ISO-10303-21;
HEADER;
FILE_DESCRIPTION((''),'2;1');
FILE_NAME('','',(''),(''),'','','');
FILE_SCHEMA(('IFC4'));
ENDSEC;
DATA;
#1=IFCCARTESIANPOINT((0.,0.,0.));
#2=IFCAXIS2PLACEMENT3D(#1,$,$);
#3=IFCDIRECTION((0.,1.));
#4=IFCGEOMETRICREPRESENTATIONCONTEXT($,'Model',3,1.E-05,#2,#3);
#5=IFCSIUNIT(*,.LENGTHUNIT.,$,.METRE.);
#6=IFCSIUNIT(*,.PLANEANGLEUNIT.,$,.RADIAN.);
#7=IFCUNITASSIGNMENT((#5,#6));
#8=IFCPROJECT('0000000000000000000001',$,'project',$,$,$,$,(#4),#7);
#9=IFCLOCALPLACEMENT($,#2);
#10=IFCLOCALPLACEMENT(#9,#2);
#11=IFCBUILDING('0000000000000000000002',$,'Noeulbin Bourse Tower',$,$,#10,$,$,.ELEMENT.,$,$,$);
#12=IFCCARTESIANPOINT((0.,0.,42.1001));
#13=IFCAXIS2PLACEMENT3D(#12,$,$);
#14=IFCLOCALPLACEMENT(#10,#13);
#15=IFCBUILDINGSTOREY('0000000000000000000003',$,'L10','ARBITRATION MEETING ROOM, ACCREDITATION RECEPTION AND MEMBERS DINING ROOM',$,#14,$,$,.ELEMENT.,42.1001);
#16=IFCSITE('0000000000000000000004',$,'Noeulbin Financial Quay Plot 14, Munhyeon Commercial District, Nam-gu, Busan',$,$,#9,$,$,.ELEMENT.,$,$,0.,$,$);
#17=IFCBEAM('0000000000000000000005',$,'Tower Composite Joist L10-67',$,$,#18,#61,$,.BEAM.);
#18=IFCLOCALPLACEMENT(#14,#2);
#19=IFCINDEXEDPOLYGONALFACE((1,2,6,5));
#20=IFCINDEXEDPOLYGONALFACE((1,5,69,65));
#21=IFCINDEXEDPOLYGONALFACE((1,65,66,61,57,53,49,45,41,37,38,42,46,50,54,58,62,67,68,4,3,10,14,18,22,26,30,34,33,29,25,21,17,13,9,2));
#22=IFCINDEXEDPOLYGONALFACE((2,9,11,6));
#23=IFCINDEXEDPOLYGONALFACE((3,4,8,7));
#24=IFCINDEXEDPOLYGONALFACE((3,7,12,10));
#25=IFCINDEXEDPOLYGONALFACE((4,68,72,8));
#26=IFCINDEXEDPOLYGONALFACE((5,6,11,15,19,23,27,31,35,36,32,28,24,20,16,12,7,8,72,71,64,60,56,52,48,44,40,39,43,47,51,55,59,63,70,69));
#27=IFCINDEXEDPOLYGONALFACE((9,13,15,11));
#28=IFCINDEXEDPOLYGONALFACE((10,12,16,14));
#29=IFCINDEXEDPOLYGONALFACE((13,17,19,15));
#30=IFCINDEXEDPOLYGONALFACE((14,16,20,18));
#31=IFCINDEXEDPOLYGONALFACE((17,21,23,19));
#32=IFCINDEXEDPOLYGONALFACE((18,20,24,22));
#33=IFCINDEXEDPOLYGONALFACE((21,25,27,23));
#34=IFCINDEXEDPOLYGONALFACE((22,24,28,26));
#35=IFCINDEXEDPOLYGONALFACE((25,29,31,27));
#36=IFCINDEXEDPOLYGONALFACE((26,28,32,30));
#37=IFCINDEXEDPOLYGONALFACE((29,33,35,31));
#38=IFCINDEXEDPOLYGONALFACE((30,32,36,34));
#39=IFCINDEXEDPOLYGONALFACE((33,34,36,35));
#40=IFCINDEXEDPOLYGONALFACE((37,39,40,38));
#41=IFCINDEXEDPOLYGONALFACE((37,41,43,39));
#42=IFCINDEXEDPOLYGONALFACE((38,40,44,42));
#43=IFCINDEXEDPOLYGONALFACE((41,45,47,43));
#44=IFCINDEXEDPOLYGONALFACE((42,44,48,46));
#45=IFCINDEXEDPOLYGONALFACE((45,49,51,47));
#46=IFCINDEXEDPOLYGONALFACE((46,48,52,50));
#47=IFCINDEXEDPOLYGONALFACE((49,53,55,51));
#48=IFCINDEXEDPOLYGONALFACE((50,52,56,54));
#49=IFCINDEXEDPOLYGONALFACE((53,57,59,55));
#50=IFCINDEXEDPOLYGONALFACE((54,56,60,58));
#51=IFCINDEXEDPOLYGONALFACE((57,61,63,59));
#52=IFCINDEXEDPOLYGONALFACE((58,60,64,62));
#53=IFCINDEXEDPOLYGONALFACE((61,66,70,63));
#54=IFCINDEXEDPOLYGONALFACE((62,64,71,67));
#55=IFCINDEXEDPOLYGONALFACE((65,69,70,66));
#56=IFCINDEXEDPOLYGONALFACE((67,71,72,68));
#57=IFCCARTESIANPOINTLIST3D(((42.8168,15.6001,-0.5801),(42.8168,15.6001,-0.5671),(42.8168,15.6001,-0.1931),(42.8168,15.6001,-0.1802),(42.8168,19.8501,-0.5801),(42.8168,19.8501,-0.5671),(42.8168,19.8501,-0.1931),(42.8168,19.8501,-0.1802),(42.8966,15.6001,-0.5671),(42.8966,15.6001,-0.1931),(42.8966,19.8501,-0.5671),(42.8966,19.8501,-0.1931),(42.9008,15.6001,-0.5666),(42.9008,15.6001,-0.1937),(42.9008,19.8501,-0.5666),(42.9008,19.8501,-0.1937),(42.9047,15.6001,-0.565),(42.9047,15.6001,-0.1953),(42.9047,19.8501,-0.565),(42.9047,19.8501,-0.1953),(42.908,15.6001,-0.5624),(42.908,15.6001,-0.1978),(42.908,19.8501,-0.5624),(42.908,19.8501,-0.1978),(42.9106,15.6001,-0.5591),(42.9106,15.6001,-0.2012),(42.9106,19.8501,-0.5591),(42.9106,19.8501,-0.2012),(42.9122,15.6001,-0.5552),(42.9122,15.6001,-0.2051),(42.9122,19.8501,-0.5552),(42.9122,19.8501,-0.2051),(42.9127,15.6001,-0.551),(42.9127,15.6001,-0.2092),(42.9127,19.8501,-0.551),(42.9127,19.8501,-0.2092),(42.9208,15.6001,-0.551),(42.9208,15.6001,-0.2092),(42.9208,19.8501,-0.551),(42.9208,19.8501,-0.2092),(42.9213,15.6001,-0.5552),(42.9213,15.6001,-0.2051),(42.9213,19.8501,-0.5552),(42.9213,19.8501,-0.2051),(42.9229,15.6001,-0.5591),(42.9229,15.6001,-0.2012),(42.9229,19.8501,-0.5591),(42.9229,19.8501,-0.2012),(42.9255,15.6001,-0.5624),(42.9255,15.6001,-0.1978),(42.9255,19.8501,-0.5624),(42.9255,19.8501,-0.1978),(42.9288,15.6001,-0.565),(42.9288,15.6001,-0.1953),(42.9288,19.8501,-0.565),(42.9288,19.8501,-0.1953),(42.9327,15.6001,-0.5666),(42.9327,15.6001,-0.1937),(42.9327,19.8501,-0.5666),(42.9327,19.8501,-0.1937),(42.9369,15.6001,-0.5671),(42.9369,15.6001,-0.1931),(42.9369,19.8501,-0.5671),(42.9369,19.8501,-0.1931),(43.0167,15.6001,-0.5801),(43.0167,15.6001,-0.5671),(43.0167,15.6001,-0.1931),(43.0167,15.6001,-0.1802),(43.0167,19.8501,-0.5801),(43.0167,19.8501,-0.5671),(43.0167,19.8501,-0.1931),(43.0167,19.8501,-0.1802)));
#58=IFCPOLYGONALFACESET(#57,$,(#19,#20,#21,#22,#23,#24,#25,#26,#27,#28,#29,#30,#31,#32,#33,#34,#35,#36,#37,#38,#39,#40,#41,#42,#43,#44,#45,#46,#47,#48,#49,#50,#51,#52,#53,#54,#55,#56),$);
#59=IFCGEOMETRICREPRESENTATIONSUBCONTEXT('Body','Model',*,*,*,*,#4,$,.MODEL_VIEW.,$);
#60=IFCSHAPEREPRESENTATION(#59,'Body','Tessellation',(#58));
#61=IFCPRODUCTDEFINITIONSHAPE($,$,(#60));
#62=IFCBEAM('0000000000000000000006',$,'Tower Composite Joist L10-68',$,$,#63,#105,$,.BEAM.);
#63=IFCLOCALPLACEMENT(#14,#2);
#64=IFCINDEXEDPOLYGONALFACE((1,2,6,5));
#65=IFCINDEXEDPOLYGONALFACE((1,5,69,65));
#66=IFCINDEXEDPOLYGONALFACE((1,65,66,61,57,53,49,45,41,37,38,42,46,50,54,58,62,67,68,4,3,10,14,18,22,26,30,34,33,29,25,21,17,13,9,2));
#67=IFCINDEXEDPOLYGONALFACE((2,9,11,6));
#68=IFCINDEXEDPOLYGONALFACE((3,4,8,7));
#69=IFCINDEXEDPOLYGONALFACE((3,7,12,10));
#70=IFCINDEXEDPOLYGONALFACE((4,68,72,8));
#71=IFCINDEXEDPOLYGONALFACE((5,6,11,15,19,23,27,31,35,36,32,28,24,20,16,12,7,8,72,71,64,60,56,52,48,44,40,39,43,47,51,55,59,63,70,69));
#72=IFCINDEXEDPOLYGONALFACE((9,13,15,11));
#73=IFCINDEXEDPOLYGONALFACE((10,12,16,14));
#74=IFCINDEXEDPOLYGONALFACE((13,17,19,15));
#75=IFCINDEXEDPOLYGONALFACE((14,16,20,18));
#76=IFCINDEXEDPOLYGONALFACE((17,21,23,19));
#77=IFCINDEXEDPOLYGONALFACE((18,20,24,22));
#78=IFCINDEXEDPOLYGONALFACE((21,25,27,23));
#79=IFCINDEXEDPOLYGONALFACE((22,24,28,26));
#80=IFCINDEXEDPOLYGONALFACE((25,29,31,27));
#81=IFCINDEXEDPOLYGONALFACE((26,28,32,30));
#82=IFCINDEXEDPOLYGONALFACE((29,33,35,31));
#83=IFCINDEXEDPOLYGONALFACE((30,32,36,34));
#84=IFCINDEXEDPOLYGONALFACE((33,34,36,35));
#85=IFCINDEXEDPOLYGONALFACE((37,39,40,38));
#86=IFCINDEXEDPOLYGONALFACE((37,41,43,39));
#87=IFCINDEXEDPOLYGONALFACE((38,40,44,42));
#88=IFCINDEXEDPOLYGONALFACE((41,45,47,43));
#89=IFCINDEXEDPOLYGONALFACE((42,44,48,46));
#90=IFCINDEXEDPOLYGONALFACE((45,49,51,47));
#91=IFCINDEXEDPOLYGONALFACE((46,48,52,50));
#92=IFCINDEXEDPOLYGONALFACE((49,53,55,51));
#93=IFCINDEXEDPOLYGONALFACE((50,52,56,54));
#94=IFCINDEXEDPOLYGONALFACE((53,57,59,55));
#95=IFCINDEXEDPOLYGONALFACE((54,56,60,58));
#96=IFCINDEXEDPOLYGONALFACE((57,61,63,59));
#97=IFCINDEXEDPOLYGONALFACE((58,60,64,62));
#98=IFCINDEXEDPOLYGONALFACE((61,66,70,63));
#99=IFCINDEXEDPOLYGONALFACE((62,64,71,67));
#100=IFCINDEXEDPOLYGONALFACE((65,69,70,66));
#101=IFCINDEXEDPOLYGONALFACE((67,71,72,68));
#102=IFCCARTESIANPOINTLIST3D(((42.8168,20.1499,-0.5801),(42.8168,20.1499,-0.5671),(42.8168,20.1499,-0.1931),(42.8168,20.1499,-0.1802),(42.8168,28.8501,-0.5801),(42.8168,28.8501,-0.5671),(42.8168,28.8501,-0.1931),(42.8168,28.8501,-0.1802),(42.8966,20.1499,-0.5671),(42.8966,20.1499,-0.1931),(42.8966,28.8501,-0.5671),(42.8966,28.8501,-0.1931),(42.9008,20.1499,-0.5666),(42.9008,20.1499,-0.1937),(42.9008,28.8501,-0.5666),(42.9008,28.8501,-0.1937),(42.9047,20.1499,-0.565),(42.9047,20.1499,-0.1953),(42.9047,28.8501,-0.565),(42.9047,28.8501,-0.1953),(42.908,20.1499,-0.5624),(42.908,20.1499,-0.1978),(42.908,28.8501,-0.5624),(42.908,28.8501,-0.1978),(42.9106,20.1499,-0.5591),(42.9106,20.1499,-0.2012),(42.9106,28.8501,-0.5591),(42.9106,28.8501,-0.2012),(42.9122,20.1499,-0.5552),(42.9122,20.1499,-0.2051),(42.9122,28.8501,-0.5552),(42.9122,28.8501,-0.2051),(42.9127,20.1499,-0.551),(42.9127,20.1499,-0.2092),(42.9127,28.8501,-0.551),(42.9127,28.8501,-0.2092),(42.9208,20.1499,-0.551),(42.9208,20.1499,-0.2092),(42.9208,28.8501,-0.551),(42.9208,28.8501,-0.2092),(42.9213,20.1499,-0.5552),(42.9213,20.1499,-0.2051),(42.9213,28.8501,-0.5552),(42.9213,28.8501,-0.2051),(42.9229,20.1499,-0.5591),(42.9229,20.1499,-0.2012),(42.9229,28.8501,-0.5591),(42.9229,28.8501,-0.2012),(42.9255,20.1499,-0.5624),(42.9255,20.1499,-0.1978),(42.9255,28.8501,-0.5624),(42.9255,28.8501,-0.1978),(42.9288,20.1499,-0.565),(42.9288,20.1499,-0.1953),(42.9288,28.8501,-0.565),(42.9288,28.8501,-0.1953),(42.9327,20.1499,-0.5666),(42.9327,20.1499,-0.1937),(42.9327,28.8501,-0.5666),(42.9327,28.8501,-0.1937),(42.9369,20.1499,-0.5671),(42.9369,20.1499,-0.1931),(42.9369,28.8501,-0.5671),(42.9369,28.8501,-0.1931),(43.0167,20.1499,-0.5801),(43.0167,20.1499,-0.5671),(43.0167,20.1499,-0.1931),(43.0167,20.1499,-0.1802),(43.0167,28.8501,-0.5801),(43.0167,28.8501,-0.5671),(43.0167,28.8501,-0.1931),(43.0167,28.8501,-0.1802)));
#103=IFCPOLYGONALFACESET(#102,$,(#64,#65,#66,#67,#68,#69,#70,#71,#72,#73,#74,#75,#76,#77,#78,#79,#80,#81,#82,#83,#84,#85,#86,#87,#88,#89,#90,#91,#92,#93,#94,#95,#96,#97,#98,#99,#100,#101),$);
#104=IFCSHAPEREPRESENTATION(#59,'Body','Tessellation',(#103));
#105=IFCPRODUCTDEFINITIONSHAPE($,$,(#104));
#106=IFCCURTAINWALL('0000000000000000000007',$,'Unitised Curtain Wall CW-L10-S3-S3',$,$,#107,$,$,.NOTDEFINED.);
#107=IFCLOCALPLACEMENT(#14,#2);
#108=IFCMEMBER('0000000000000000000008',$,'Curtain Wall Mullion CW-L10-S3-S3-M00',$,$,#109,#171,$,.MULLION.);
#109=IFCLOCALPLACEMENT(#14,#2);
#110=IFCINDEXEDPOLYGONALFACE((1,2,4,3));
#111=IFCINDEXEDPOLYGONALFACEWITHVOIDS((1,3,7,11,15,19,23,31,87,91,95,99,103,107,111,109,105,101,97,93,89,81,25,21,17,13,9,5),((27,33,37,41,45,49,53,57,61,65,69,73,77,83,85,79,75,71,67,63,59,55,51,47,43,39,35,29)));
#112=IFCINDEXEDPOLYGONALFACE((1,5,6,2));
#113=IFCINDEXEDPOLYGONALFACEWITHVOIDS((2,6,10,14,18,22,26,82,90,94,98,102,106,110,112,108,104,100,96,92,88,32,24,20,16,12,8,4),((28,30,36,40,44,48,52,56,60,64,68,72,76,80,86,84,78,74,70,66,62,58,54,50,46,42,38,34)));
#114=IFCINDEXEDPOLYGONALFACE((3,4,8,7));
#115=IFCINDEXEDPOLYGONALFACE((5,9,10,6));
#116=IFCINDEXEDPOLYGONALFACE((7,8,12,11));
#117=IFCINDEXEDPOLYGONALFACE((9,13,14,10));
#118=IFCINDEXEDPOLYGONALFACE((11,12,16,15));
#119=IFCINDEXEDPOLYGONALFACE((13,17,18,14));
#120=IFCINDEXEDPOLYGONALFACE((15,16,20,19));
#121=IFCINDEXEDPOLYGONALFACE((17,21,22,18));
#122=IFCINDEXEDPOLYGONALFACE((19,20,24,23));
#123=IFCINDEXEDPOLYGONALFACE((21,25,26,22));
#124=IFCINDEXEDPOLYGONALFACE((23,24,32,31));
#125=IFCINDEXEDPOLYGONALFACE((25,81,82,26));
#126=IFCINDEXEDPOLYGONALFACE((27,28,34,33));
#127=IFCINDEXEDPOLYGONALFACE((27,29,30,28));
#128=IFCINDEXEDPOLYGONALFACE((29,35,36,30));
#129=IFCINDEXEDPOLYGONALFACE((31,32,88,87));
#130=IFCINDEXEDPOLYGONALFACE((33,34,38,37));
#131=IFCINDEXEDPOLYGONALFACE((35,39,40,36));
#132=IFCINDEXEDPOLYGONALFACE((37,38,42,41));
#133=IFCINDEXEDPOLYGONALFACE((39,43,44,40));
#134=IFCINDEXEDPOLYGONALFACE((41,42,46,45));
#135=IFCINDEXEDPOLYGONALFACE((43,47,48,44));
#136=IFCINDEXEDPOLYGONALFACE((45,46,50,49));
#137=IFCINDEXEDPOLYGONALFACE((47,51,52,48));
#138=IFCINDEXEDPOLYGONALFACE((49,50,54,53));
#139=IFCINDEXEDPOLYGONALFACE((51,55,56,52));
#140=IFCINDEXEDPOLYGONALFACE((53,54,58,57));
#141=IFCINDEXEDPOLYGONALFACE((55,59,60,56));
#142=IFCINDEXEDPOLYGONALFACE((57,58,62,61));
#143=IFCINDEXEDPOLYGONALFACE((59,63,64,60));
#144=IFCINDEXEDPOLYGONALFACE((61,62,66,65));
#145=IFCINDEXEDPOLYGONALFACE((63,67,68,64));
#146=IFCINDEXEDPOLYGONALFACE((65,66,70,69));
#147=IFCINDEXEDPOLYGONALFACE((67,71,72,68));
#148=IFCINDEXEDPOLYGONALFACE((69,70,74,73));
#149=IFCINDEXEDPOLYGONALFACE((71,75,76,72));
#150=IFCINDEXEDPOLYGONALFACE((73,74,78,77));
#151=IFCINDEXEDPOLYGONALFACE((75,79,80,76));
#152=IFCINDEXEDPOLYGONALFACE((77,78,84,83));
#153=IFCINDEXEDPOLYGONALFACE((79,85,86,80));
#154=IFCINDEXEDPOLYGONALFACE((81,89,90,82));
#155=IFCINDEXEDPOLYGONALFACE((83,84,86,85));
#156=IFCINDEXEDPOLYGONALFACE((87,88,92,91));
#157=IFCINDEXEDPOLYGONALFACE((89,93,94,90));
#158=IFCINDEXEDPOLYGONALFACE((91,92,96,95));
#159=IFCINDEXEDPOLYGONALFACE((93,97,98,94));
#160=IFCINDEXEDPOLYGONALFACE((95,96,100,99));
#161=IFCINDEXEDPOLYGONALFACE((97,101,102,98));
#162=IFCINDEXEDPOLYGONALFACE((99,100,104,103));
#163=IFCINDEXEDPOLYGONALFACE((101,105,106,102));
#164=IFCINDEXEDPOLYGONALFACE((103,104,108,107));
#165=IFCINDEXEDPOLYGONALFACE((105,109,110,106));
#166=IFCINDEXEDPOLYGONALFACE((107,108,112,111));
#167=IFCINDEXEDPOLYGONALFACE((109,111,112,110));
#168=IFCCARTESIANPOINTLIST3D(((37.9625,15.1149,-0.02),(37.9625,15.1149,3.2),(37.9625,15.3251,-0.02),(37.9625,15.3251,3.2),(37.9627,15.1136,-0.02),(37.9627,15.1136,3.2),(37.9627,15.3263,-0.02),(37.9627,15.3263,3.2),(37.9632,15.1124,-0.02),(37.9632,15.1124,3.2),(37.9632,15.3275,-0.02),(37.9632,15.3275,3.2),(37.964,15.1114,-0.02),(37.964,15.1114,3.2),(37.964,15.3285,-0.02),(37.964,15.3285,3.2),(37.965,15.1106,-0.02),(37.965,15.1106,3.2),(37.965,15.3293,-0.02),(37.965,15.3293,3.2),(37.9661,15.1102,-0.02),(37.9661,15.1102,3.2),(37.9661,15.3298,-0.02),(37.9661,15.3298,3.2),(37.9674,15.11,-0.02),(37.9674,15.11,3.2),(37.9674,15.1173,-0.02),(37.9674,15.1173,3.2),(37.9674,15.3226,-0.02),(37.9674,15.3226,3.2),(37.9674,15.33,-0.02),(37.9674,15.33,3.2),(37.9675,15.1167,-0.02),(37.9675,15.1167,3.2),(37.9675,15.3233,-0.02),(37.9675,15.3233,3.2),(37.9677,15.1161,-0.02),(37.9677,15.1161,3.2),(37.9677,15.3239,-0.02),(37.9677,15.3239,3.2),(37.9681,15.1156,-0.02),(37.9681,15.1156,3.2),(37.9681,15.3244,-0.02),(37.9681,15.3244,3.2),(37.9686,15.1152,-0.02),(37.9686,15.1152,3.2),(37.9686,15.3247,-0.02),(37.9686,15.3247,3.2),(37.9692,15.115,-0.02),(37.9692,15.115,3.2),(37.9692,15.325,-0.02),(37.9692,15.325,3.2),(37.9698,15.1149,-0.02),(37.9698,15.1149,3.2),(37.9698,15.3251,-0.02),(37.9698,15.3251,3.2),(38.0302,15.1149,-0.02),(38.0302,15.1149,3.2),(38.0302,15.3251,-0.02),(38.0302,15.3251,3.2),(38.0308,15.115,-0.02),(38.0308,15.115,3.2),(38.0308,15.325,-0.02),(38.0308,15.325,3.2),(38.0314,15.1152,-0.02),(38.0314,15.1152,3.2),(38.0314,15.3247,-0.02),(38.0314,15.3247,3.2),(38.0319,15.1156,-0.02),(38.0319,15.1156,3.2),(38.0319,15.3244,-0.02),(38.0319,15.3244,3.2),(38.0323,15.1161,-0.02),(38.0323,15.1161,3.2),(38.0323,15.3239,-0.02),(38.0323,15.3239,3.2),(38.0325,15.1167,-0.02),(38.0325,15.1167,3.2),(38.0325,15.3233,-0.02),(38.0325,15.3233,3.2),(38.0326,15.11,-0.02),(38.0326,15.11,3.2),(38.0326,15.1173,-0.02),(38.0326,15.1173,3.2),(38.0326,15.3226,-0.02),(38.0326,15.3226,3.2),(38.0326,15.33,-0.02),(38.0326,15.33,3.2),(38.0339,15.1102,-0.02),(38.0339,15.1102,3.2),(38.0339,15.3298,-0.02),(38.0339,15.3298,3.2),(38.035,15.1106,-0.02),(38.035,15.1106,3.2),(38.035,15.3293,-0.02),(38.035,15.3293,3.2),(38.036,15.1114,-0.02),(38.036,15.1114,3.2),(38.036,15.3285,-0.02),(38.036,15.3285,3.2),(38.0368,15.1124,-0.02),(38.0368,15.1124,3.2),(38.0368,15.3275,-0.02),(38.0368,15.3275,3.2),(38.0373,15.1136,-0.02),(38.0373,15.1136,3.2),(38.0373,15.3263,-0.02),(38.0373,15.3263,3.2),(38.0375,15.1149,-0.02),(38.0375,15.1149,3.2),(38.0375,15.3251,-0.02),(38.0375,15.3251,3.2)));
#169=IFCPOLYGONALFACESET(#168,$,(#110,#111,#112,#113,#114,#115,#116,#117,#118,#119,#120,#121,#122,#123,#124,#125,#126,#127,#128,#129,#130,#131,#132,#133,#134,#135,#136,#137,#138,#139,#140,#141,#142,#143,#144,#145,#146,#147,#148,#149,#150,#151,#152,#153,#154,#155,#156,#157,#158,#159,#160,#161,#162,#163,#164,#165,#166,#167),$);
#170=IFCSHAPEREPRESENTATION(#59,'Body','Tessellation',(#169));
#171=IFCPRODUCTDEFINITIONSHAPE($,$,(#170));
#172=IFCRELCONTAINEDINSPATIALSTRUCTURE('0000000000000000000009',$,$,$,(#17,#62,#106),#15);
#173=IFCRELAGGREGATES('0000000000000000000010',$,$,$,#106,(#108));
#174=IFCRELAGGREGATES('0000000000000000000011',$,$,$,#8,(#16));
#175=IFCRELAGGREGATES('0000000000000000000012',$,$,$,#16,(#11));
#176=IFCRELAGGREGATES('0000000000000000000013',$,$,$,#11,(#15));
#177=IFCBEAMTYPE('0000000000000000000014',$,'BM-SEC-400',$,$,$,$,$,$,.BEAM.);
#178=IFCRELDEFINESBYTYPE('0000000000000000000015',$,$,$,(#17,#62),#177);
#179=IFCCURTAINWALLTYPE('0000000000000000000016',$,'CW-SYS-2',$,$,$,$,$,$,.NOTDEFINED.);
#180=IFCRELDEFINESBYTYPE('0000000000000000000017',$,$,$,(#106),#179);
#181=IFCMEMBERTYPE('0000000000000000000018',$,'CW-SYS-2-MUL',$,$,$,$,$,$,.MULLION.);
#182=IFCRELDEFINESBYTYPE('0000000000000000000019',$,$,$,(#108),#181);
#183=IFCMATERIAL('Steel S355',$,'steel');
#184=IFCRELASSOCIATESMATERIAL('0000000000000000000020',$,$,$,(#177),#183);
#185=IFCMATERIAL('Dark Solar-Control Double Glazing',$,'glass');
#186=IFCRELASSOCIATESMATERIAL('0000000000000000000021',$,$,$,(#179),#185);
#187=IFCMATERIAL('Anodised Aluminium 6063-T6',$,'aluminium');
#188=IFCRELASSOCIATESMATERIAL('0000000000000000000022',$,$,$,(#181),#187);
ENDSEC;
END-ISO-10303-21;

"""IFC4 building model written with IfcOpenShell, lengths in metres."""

from ifc_helpers import new_model, si_unit, direction, frame, origin, origin_2d, place, context, subcontext, project, spatial, hollow_rectangle, i_section, extrude, material, material_profile, profile_set, type_object, element, aggregate, save


model = new_model("IFC4")

# Units and contexts
model_context = context("Model", 3, precision=1e-05, world=origin(), true_north=direction((0.0, 1.0)))
body_context = subcontext(model_context, "Body", "Model", "MODEL_VIEW")
ifc_project = project(units=[si_unit("LENGTHUNIT", "METRE"), si_unit("PLANEANGLEUNIT", "RADIAN")], contexts=[model_context])

# Site, building, storey
site_placement = place(None, origin())
site = spatial("IfcSite", under=ifc_project, at=site_placement, Name="Noeulbin Financial Quay Plot 14, Munhyeon Commercial District, Nam-gu, Busan", CompositionType="ELEMENT", RefElevation=0.0)
building_placement = place(site_placement, origin())
building = spatial("IfcBuilding", under=site, at=building_placement, Name="Noeulbin Bourse Tower", CompositionType="ELEMENT")
storey_placement = place(building_placement, frame((0.0, 0.0, 42.1001)))
storey = spatial("IfcBuildingStorey", under=building, at=storey_placement, Name="L10", Description="ARBITRATION MEETING ROOM, ACCREDITATION RECEPTION AND MEMBERS DINING ROOM", CompositionType="ELEMENT", Elevation=42.1001)

# Beams
ifc_material_1 = material(Name="Steel S355", Category="steel")
ifc_material_profile_1 = material_profile(ifc_material_1, i_section(OverallWidth=0.2, OverallDepth=0.3999, WebThickness=0.0081, FlangeThickness=0.0129, FilletRadius=0.0161, at=origin_2d()), Name="H-400x200x8x13", Category="LoadBearing")
ifc_profile_set_1 = profile_set([ifc_material_profile_1], Name="Steel S355")
beam_type_1 = type_object("IfcBeamType", Name="BM-SEC-400", PredefinedType="BEAM", material=ifc_profile_set_1)
beam_1_placement = place(storey_placement, frame((42.9167, 15.6001, -0.3801), z_axis=(0.0, 1.0, 0.0), x_axis=(-1.0, 0.0, 0.0)))
element("IfcBeam", 1, at=beam_1_placement, inside=storey, type_object=beam_type_1, Name="Tower Composite Joist L10-67", PredefinedType="BEAM", context=body_context, shape_type="SweptSolid", body=[
    extrude(i_section(OverallWidth=0.2, OverallDepth=0.3999, WebThickness=0.0081, FlangeThickness=0.0129, FilletRadius=0.0161, at=origin_2d()), origin(), (0.0, 0.0, 1.0), 4.25),
])
beam_2_placement = place(storey_placement, frame((42.9167, 20.1499, -0.3801), z_axis=(0.0, 1.0, 0.0), x_axis=(-1.0, 0.0, 0.0)))
element("IfcBeam", 2, at=beam_2_placement, inside=storey, type_object=beam_type_1, Name="Tower Composite Joist L10-68", PredefinedType="BEAM", context=body_context, shape_type="SweptSolid", body=[
    extrude(i_section(OverallWidth=0.2, OverallDepth=0.3999, WebThickness=0.0081, FlangeThickness=0.0129, FilletRadius=0.0161, at=origin_2d()), origin(), (0.0, 0.0, 1.0), 8.7002),
])

# Curtain wall, member
ifc_material_2 = material(Name="Dark Solar-Control Double Glazing", Category="glass")
curtain_wall_type = type_object("IfcCurtainWallType", Name="CW-SYS-2", PredefinedType="NOTDEFINED", material=ifc_material_2)
curtain_wall_placement = place(storey_placement, origin())
curtain_wall = element("IfcCurtainWall", 3, at=curtain_wall_placement, inside=storey, type_object=curtain_wall_type, Name="Unitised Curtain Wall CW-L10-S3-S3", PredefinedType="NOTDEFINED")
ifc_material_3 = material(Name="Anodised Aluminium 6063-T6", Category="aluminium")
ifc_material_profile_2 = material_profile(ifc_material_3, hollow_rectangle(XDim=0.075, YDim=0.22, WallThickness=0.0049, InnerFilletRadius=0.0024, OuterFilletRadius=0.0049, at=origin_2d()), Name="ALU-MULL-75x220x5", Category="LoadBearing")
ifc_profile_set_2 = profile_set([ifc_material_profile_2], Name="Anodised Aluminium 6063-T6")
member_type_1 = type_object("IfcMemberType", Name="CW-SYS-2-MUL", PredefinedType="MULLION", material=ifc_profile_set_2)
member_1_placement = place(storey_placement, frame((38.0, 15.22, -0.02), z_axis=(0.0, 0.0, 1.0), x_axis=(1.0, 0.0, 0.0)))
member_1 = element("IfcMember", 4, at=member_1_placement, type_object=member_type_1, Name="Curtain Wall Mullion CW-L10-S3-S3-M00", PredefinedType="MULLION", context=body_context, shape_type="SweptSolid", body=[
    extrude(hollow_rectangle(XDim=0.075, YDim=0.22, WallThickness=0.0049, InnerFilletRadius=0.0024, OuterFilletRadius=0.0049, at=origin_2d()), origin(), (0.0, 0.0, 1.0), 3.22),
])
aggregate(curtain_wall, [member_1])

save(model, "model.ifc")
